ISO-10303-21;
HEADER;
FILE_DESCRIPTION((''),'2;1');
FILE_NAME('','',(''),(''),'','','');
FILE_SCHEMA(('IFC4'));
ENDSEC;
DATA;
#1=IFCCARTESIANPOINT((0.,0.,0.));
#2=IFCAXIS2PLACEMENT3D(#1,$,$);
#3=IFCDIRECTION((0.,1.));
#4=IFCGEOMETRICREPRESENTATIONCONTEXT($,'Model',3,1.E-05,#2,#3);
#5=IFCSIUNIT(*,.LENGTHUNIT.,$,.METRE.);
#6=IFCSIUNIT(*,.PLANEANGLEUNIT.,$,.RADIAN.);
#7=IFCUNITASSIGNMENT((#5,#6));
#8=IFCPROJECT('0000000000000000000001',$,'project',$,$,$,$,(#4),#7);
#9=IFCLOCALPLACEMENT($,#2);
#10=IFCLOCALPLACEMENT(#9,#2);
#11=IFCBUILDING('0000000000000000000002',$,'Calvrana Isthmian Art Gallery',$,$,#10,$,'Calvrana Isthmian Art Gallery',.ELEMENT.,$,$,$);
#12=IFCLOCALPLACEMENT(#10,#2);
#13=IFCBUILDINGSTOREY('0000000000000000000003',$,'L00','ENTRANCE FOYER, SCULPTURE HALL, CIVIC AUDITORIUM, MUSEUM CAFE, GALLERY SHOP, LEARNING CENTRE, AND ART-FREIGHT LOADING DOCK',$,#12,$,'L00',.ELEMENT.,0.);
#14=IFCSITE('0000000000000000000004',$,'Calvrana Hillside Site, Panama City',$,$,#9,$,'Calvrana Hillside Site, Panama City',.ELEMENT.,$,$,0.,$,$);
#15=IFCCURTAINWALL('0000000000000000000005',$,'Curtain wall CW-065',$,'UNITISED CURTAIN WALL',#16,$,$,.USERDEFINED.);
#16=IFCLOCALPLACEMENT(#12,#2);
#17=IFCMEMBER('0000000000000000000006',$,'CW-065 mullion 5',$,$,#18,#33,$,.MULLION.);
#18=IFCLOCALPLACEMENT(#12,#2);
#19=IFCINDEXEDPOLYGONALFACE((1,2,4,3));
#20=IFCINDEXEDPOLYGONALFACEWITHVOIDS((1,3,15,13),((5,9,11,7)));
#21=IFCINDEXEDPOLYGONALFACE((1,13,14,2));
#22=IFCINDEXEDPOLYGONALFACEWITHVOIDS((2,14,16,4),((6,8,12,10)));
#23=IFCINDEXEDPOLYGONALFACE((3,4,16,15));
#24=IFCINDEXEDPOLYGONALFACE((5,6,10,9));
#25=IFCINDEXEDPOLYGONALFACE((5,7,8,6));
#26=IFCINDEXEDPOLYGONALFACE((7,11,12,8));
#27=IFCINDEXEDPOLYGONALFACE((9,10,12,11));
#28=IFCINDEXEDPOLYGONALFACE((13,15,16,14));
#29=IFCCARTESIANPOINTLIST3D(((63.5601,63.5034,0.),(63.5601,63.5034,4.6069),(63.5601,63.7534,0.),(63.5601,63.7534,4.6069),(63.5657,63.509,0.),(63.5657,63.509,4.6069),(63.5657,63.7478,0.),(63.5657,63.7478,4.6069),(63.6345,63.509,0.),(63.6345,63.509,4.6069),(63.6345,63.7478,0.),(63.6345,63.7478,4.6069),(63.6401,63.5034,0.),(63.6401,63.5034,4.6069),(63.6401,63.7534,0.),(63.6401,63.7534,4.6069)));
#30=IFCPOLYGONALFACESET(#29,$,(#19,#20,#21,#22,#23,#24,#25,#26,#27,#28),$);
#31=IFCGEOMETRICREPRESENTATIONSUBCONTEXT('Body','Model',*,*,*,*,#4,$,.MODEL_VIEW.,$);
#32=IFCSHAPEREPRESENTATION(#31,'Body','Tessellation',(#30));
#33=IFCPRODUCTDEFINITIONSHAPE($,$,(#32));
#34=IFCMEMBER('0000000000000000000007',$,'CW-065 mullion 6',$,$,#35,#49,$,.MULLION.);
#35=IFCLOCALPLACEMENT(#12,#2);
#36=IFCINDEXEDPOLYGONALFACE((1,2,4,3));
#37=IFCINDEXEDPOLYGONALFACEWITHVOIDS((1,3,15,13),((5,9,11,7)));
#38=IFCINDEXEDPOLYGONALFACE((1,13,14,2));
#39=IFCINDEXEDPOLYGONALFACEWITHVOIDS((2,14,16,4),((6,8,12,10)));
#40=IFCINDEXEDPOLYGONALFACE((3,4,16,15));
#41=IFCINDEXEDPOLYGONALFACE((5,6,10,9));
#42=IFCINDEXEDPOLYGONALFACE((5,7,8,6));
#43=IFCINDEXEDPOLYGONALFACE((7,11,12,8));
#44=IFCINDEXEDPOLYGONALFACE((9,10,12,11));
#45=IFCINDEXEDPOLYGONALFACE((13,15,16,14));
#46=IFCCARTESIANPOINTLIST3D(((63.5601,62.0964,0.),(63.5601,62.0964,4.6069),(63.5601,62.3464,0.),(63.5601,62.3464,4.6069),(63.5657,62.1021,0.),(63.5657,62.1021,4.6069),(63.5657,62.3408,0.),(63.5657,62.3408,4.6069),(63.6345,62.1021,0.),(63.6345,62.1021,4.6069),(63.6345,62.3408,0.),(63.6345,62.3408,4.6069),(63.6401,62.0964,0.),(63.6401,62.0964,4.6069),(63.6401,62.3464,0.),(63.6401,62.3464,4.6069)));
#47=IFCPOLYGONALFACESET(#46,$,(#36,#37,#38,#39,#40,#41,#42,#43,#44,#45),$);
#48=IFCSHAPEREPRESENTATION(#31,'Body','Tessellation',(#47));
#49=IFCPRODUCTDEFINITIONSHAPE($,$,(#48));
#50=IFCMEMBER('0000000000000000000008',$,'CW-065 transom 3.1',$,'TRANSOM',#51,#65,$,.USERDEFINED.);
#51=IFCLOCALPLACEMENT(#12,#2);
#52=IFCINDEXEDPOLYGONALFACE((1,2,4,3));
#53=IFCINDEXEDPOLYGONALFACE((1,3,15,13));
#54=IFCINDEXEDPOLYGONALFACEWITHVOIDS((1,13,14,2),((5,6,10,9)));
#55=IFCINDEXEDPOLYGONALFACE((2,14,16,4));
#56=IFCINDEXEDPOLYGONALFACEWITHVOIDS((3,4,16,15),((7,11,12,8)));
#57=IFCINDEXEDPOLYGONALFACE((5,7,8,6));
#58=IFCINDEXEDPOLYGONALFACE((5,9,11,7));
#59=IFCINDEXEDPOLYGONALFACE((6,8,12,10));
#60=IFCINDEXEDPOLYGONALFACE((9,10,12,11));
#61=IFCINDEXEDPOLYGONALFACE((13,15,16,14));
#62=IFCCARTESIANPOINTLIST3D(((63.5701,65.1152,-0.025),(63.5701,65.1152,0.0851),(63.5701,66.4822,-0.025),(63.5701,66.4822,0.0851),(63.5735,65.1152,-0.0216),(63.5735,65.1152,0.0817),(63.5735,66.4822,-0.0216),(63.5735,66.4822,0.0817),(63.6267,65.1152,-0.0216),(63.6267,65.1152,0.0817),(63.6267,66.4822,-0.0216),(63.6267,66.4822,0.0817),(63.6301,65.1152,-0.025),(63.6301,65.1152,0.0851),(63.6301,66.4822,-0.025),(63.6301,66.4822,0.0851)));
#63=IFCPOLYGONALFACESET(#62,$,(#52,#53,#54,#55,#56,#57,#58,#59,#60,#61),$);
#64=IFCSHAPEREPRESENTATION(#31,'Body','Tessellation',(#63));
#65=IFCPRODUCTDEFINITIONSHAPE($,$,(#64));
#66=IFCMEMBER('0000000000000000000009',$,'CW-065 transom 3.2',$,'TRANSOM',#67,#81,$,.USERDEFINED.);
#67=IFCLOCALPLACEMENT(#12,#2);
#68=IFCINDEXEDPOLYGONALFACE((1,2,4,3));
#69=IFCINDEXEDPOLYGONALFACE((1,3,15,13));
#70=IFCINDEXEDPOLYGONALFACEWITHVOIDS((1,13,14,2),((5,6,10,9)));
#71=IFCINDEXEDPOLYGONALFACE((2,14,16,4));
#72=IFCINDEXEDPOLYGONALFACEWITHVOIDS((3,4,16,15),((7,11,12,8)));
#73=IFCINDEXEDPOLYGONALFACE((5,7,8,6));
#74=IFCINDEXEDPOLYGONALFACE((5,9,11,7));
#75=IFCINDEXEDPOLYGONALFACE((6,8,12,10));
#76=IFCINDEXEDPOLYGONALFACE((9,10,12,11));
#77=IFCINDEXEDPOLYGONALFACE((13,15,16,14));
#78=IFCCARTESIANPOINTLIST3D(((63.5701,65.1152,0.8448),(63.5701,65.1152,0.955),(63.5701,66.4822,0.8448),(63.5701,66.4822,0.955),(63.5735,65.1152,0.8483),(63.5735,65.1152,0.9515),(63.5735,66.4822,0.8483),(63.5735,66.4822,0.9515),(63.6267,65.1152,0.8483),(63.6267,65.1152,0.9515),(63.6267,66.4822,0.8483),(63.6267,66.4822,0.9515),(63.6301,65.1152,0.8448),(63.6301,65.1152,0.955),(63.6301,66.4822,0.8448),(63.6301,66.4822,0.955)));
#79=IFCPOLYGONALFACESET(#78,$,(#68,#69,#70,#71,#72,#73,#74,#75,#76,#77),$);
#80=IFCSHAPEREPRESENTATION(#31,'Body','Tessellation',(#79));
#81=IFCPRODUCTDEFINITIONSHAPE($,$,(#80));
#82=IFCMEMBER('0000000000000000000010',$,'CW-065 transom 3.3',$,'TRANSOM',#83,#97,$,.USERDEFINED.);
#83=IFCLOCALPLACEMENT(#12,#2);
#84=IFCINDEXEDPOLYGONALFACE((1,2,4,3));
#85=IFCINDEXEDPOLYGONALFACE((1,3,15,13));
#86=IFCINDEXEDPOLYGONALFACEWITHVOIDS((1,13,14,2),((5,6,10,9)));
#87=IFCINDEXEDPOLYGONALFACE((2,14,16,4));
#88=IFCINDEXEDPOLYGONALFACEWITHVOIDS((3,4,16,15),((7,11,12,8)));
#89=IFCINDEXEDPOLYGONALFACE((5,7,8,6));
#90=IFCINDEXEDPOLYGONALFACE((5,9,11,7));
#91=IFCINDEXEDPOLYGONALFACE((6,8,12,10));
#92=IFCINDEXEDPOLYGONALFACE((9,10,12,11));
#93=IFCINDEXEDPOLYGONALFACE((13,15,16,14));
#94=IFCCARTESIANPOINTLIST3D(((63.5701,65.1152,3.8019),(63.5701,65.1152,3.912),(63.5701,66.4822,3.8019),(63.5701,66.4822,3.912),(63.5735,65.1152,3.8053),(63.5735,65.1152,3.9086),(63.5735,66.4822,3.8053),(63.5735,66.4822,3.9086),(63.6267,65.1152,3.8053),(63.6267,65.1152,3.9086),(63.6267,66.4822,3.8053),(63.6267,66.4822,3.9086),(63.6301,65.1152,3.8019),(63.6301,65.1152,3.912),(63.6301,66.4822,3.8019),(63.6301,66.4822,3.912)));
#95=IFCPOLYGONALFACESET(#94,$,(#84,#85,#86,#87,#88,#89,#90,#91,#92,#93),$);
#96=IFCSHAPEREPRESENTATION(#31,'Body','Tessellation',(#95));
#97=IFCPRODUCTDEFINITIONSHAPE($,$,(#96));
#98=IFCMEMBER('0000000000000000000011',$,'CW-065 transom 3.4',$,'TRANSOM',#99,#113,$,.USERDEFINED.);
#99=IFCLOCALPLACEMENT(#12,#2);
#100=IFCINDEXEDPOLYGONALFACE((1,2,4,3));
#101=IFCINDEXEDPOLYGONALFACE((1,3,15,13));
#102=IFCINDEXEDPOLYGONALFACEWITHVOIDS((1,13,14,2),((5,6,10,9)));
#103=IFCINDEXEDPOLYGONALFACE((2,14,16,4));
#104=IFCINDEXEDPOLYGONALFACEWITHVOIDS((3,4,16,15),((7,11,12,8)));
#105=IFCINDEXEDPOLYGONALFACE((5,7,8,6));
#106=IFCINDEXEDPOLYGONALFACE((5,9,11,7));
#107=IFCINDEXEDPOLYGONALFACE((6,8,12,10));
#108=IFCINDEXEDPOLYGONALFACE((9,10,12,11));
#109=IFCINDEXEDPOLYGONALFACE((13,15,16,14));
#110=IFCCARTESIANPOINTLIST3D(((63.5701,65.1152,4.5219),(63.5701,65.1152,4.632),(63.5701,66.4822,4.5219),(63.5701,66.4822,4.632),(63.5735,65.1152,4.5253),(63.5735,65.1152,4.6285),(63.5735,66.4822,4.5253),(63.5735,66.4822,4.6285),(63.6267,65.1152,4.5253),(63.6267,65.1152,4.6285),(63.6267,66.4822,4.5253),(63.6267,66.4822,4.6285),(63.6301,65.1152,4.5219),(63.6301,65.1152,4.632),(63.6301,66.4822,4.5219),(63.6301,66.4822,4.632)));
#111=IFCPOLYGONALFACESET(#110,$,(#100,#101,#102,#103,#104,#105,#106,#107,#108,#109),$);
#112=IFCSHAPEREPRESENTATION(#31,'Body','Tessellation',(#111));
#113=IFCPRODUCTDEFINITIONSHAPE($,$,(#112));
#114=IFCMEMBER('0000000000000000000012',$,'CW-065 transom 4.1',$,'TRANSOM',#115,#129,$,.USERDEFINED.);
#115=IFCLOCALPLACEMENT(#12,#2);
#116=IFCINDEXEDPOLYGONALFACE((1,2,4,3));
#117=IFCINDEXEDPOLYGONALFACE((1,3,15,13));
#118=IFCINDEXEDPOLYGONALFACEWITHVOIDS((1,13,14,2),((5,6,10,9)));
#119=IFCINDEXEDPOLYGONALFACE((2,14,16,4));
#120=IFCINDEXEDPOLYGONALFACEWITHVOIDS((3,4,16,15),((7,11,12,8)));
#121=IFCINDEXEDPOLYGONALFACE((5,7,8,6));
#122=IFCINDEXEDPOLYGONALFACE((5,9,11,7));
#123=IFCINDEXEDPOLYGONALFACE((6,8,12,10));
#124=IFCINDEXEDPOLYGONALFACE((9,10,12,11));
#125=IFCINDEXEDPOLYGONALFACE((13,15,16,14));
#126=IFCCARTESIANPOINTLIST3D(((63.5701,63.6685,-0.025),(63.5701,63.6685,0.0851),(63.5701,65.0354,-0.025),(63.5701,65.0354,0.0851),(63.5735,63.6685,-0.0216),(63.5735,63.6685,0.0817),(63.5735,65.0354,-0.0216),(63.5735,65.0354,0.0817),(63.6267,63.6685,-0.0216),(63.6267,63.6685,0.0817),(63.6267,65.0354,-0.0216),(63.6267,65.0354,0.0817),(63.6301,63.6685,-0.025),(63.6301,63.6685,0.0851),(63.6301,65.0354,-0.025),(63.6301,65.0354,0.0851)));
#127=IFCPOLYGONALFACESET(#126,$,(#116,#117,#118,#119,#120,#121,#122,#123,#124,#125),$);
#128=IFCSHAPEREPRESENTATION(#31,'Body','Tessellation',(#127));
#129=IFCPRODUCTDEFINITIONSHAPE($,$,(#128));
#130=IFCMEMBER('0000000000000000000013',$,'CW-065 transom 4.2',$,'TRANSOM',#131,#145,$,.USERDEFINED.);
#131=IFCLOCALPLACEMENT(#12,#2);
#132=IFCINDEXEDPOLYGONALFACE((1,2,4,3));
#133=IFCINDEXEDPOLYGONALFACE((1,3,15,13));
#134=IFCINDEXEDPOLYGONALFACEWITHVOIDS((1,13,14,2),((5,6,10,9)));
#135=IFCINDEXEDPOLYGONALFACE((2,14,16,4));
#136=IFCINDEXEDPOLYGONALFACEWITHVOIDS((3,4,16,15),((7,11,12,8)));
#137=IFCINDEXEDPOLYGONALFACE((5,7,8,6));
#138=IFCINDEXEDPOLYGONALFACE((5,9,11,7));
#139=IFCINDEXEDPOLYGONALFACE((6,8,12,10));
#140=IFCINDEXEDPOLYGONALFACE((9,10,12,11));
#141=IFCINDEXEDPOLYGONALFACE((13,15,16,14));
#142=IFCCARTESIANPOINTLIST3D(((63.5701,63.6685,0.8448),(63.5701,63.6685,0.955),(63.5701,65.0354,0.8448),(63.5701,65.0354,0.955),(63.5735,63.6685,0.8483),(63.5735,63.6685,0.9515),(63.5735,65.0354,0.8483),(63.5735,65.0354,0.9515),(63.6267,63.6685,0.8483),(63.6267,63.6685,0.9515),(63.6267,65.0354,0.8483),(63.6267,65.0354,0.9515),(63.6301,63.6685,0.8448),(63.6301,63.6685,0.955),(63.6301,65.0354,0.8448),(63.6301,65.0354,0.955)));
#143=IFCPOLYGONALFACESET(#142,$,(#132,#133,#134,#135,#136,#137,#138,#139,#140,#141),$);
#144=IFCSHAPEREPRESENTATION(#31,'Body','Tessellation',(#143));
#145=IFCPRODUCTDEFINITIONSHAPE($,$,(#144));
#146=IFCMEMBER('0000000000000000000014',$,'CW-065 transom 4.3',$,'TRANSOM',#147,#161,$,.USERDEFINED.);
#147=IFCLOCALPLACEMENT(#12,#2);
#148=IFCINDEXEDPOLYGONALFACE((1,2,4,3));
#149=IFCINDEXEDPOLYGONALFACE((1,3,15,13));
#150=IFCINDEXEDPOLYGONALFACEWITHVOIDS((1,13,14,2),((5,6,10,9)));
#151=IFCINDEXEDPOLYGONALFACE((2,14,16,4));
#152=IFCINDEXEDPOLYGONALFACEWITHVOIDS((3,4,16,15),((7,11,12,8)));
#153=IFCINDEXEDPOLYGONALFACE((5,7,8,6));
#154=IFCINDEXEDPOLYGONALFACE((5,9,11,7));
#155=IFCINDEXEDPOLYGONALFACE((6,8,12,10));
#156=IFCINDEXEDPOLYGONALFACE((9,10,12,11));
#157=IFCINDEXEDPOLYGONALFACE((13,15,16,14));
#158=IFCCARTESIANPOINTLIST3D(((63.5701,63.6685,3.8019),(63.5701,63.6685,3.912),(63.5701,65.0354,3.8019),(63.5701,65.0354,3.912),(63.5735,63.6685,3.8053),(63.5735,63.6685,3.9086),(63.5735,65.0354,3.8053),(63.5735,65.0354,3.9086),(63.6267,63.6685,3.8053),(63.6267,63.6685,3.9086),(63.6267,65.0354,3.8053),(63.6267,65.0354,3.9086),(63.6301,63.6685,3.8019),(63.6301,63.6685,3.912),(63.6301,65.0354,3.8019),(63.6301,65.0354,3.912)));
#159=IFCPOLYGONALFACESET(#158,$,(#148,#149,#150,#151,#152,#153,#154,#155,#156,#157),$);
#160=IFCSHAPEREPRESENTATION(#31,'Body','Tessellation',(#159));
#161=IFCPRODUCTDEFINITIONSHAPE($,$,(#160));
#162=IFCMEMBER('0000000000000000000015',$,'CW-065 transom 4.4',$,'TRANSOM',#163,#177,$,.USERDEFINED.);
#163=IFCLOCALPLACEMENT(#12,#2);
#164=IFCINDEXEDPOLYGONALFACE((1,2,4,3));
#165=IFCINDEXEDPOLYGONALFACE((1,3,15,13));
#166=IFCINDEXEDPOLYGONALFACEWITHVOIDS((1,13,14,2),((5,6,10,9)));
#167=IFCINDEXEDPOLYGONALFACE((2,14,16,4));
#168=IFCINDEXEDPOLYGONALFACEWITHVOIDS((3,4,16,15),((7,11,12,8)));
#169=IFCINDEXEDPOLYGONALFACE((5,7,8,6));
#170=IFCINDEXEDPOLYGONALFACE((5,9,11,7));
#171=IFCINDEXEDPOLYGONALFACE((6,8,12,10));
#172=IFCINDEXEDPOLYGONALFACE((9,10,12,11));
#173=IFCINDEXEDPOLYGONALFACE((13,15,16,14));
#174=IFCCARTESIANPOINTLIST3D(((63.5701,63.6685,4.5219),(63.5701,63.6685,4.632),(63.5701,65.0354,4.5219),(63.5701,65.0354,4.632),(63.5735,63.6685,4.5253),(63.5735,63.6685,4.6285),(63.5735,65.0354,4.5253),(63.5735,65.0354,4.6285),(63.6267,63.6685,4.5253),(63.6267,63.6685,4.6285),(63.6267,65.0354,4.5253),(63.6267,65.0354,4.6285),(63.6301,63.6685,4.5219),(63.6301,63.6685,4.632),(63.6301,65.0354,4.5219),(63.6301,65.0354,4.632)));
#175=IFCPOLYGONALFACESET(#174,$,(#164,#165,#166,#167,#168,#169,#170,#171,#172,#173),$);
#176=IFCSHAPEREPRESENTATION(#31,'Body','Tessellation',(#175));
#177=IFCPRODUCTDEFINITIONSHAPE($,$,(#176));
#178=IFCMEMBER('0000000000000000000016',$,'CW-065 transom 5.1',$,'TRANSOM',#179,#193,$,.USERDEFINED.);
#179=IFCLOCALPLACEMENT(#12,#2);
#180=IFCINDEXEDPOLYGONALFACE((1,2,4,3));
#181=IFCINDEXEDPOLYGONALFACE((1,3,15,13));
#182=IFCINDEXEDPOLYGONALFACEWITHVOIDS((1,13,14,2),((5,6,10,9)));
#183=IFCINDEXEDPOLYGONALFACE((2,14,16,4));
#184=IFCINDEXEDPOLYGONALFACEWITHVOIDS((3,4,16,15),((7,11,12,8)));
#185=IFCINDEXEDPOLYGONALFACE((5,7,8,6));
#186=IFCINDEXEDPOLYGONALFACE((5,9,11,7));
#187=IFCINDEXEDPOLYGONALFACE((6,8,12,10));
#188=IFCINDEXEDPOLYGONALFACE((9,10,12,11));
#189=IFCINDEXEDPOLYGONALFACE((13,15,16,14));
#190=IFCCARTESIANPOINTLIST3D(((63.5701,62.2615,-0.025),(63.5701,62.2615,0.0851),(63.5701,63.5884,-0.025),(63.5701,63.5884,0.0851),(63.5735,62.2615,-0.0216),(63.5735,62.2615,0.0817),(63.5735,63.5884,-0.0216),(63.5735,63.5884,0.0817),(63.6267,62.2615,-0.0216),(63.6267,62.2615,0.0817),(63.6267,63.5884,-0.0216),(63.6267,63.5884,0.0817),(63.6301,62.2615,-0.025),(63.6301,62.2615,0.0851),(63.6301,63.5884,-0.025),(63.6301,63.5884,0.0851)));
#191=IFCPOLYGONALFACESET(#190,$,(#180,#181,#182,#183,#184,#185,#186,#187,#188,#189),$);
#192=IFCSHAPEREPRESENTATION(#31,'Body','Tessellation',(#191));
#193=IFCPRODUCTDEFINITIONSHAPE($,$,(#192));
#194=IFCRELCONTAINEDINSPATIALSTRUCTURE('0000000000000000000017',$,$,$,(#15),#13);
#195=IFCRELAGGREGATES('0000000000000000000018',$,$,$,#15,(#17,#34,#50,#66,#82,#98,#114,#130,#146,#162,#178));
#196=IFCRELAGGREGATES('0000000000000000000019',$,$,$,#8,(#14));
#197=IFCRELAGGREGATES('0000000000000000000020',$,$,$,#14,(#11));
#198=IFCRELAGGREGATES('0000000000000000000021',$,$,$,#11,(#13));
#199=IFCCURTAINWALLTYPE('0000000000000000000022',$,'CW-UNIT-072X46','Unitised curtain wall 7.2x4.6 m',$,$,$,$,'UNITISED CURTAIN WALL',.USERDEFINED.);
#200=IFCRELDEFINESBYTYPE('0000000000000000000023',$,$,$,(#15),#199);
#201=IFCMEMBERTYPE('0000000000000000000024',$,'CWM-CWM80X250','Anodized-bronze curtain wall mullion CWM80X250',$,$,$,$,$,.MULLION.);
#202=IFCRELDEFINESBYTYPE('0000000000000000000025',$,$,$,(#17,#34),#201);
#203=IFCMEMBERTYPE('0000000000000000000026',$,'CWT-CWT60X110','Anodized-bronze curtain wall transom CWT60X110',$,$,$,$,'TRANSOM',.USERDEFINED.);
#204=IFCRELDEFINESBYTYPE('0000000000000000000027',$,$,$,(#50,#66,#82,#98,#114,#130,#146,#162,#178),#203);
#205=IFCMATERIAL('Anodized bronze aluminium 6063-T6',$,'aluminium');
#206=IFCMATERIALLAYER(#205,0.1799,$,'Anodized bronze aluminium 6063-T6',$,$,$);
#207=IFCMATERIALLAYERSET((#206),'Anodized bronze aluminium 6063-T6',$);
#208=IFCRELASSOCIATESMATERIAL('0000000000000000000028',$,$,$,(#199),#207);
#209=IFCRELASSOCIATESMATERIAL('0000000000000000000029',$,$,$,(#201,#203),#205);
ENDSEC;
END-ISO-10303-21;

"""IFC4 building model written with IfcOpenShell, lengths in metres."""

from ifc_helpers import new_model, si_unit, direction, frame, origin, origin_2d, place, context, subcontext, project, spatial, hollow_rectangle, extrude, material, layer, layer_set, material_profile, profile_set, type_object, element, aggregate, save


model = new_model("IFC4")

# Units and contexts
model_context = context("Model", 3, precision=1e-05, world=origin(), true_north=direction((0.0, 1.0)))
body_context = subcontext(model_context, "Body", "Model", "MODEL_VIEW")
ifc_project = project(units=[si_unit("LENGTHUNIT", "METRE"), si_unit("PLANEANGLEUNIT", "RADIAN")], contexts=[model_context])

# Site, building, storey
site_placement = place(None, origin())
site = spatial("IfcSite", under=ifc_project, at=site_placement, Name="Calvrana Hillside Site, Panama City", LongName="Calvrana Hillside Site, Panama City", CompositionType="ELEMENT", RefElevation=0.0)
building_placement = place(site_placement, origin())
building = spatial("IfcBuilding", under=site, at=building_placement, Name="Calvrana Isthmian Art Gallery", LongName="Calvrana Isthmian Art Gallery", CompositionType="ELEMENT")
storey_placement = place(building_placement, origin())
storey = spatial("IfcBuildingStorey", under=building, at=storey_placement, Name="L00", Description="ENTRANCE FOYER, SCULPTURE HALL, CIVIC AUDITORIUM, MUSEUM CAFE, GALLERY SHOP, LEARNING CENTRE, AND ART-FREIGHT LOADING DOCK", LongName="L00", CompositionType="ELEMENT", Elevation=0.0)

# Curtain wall, members
ifc_material_1 = material(Name="Anodized bronze aluminium 6063-T6", Category="aluminium")
ifc_layer_1 = layer(ifc_material_1, 0.1799, Name="Anodized bronze aluminium 6063-T6")
ifc_layer_set_1 = layer_set([ifc_layer_1], Name="Anodized bronze aluminium 6063-T6")
curtain_wall_type = type_object("IfcCurtainWallType", Name="CW-UNIT-072X46", Description="Unitised curtain wall 7.2x4.6 m", ElementType="UNITISED CURTAIN WALL", PredefinedType="USERDEFINED", material=ifc_layer_set_1)
curtain_wall_placement = place(storey_placement, origin())
curtain_wall = element("IfcCurtainWall", 1, at=curtain_wall_placement, inside=storey, type_object=curtain_wall_type, Name="Curtain wall CW-065", ObjectType="UNITISED CURTAIN WALL", PredefinedType="USERDEFINED")
ifc_material_profile_1 = material_profile(ifc_material_1, hollow_rectangle(XDim=0.0801, YDim=0.25, WallThickness=0.0056, at=origin_2d()), Name="CWM80X250")
ifc_profile_set_1 = profile_set([ifc_material_profile_1], Name="Anodized bronze aluminium 6063-T6")
member_type_1 = type_object("IfcMemberType", Name="CWM-CWM80X250", Description="Anodized-bronze curtain wall mullion CWM80X250", PredefinedType="MULLION", material=ifc_profile_set_1)
member_1_placement = place(storey_placement, frame((63.6001, 63.6284, 0.0), z_axis=(0.0, 0.0, 1.0), x_axis=(1.0, 0.0, 0.0)))
member_1 = element("IfcMember", 2, at=member_1_placement, type_object=member_type_1, Name="CW-065 mullion 5", PredefinedType="MULLION", context=body_context, shape_type="SweptSolid", body=[
    extrude(hollow_rectangle(XDim=0.0801, YDim=0.25, WallThickness=0.0056, at=origin_2d()), origin(), (0.0, 0.0, 1.0), 4.6069),
])
member_2_placement = place(storey_placement, frame((63.6001, 62.2214, 0.0), z_axis=(0.0, 0.0, 1.0), x_axis=(1.0, 0.0, 0.0)))
member_2 = element("IfcMember", 3, at=member_2_placement, type_object=member_type_1, Name="CW-065 mullion 6", PredefinedType="MULLION", context=body_context, shape_type="SweptSolid", body=[
    extrude(hollow_rectangle(XDim=0.0801, YDim=0.25, WallThickness=0.0056, at=origin_2d()), origin(), (0.0, 0.0, 1.0), 4.6069),
])
ifc_material_profile_2 = material_profile(ifc_material_1, hollow_rectangle(XDim=0.0601, YDim=0.1101, WallThickness=0.0034, at=origin_2d()), Name="CWT60X110")
ifc_profile_set_2 = profile_set([ifc_material_profile_2], Name="Anodized bronze aluminium 6063-T6")
member_type_2 = type_object("IfcMemberType", Name="CWT-CWT60X110", Description="Anodized-bronze curtain wall transom CWT60X110", ElementType="TRANSOM", PredefinedType="USERDEFINED", material=ifc_profile_set_2)
member_3_placement = place(storey_placement, frame((63.6001, 66.4822, 0.03), z_axis=(0.0, -1.0, 0.0), x_axis=(1.0, 0.0, 0.0)))
member_3 = element("IfcMember", 4, at=member_3_placement, type_object=member_type_2, Name="CW-065 transom 3.1", ObjectType="TRANSOM", PredefinedType="USERDEFINED", context=body_context, shape_type="SweptSolid", body=[
    extrude(hollow_rectangle(XDim=0.0601, YDim=0.1101, WallThickness=0.0034, at=origin_2d()), origin(), (0.0, 0.0, 1.0), 1.3669),
])
member_4_placement = place(storey_placement, frame((63.6001, 66.4822, 0.8999), z_axis=(0.0, -1.0, 0.0), x_axis=(1.0, 0.0, 0.0)))
member_4 = element("IfcMember", 5, at=member_4_placement, type_object=member_type_2, Name="CW-065 transom 3.2", ObjectType="TRANSOM", PredefinedType="USERDEFINED", context=body_context, shape_type="SweptSolid", body=[
    extrude(hollow_rectangle(XDim=0.0601, YDim=0.1101, WallThickness=0.0034, at=origin_2d()), origin(), (0.0, 0.0, 1.0), 1.3669),
])
member_5_placement = place(storey_placement, frame((63.6001, 66.4822, 3.8569), z_axis=(0.0, -1.0, 0.0), x_axis=(1.0, 0.0, 0.0)))
member_5 = element("IfcMember", 6, at=member_5_placement, type_object=member_type_2, Name="CW-065 transom 3.3", ObjectType="TRANSOM", PredefinedType="USERDEFINED", context=body_context, shape_type="SweptSolid", body=[
    extrude(hollow_rectangle(XDim=0.0601, YDim=0.1101, WallThickness=0.0034, at=origin_2d()), origin(), (0.0, 0.0, 1.0), 1.3669),
])
member_6_placement = place(storey_placement, frame((63.6001, 66.4822, 4.5769), z_axis=(0.0, -1.0, 0.0), x_axis=(1.0, 0.0, 0.0)))
member_6 = element("IfcMember", 7, at=member_6_placement, type_object=member_type_2, Name="CW-065 transom 3.4", ObjectType="TRANSOM", PredefinedType="USERDEFINED", context=body_context, shape_type="SweptSolid", body=[
    extrude(hollow_rectangle(XDim=0.0601, YDim=0.1101, WallThickness=0.0034, at=origin_2d()), origin(), (0.0, 0.0, 1.0), 1.3669),
])
member_7_placement = place(storey_placement, frame((63.6001, 65.0354, 0.03), z_axis=(0.0, -1.0, 0.0), x_axis=(1.0, 0.0, 0.0)))
member_7 = element("IfcMember", 8, at=member_7_placement, type_object=member_type_2, Name="CW-065 transom 4.1", ObjectType="TRANSOM", PredefinedType="USERDEFINED", context=body_context, shape_type="SweptSolid", body=[
    extrude(hollow_rectangle(XDim=0.0601, YDim=0.1101, WallThickness=0.0034, at=origin_2d()), origin(), (0.0, 0.0, 1.0), 1.3669),
])
member_8_placement = place(storey_placement, frame((63.6001, 65.0354, 0.8999), z_axis=(0.0, -1.0, 0.0), x_axis=(1.0, 0.0, 0.0)))
member_8 = element("IfcMember", 9, at=member_8_placement, type_object=member_type_2, Name="CW-065 transom 4.2", ObjectType="TRANSOM", PredefinedType="USERDEFINED", context=body_context, shape_type="SweptSolid", body=[
    extrude(hollow_rectangle(XDim=0.0601, YDim=0.1101, WallThickness=0.0034, at=origin_2d()), origin(), (0.0, 0.0, 1.0), 1.3669),
])
member_9_placement = place(storey_placement, frame((63.6001, 65.0354, 3.8569), z_axis=(0.0, -1.0, 0.0), x_axis=(1.0, 0.0, 0.0)))
member_9 = element("IfcMember", 10, at=member_9_placement, type_object=member_type_2, Name="CW-065 transom 4.3", ObjectType="TRANSOM", PredefinedType="USERDEFINED", context=body_context, shape_type="SweptSolid", body=[
    extrude(hollow_rectangle(XDim=0.0601, YDim=0.1101, WallThickness=0.0034, at=origin_2d()), origin(), (0.0, 0.0, 1.0), 1.3669),
])
member_10_placement = place(storey_placement, frame((63.6001, 65.0354, 4.5769), z_axis=(0.0, -1.0, 0.0), x_axis=(1.0, 0.0, 0.0)))
member_10 = element("IfcMember", 11, at=member_10_placement, type_object=member_type_2, Name="CW-065 transom 4.4", ObjectType="TRANSOM", PredefinedType="USERDEFINED", context=body_context, shape_type="SweptSolid", body=[
    extrude(hollow_rectangle(XDim=0.0601, YDim=0.1101, WallThickness=0.0034, at=origin_2d()), origin(), (0.0, 0.0, 1.0), 1.3669),
])
member_11_placement = place(storey_placement, frame((63.6001, 63.5884, 0.03), z_axis=(0.0, -1.0, 0.0), x_axis=(1.0, 0.0, 0.0)))
member_11 = element("IfcMember", 12, at=member_11_placement, type_object=member_type_2, Name="CW-065 transom 5.1", ObjectType="TRANSOM", PredefinedType="USERDEFINED", context=body_context, shape_type="SweptSolid", body=[
    extrude(hollow_rectangle(XDim=0.0601, YDim=0.1101, WallThickness=0.0034, at=origin_2d()), origin(), (0.0, 0.0, 1.0), 1.3269),
])
aggregate(curtain_wall, [member_1, member_2, member_3, member_4, member_5, member_6, member_7, member_8, member_9, member_10, member_11])

save(model, "model.ifc")
